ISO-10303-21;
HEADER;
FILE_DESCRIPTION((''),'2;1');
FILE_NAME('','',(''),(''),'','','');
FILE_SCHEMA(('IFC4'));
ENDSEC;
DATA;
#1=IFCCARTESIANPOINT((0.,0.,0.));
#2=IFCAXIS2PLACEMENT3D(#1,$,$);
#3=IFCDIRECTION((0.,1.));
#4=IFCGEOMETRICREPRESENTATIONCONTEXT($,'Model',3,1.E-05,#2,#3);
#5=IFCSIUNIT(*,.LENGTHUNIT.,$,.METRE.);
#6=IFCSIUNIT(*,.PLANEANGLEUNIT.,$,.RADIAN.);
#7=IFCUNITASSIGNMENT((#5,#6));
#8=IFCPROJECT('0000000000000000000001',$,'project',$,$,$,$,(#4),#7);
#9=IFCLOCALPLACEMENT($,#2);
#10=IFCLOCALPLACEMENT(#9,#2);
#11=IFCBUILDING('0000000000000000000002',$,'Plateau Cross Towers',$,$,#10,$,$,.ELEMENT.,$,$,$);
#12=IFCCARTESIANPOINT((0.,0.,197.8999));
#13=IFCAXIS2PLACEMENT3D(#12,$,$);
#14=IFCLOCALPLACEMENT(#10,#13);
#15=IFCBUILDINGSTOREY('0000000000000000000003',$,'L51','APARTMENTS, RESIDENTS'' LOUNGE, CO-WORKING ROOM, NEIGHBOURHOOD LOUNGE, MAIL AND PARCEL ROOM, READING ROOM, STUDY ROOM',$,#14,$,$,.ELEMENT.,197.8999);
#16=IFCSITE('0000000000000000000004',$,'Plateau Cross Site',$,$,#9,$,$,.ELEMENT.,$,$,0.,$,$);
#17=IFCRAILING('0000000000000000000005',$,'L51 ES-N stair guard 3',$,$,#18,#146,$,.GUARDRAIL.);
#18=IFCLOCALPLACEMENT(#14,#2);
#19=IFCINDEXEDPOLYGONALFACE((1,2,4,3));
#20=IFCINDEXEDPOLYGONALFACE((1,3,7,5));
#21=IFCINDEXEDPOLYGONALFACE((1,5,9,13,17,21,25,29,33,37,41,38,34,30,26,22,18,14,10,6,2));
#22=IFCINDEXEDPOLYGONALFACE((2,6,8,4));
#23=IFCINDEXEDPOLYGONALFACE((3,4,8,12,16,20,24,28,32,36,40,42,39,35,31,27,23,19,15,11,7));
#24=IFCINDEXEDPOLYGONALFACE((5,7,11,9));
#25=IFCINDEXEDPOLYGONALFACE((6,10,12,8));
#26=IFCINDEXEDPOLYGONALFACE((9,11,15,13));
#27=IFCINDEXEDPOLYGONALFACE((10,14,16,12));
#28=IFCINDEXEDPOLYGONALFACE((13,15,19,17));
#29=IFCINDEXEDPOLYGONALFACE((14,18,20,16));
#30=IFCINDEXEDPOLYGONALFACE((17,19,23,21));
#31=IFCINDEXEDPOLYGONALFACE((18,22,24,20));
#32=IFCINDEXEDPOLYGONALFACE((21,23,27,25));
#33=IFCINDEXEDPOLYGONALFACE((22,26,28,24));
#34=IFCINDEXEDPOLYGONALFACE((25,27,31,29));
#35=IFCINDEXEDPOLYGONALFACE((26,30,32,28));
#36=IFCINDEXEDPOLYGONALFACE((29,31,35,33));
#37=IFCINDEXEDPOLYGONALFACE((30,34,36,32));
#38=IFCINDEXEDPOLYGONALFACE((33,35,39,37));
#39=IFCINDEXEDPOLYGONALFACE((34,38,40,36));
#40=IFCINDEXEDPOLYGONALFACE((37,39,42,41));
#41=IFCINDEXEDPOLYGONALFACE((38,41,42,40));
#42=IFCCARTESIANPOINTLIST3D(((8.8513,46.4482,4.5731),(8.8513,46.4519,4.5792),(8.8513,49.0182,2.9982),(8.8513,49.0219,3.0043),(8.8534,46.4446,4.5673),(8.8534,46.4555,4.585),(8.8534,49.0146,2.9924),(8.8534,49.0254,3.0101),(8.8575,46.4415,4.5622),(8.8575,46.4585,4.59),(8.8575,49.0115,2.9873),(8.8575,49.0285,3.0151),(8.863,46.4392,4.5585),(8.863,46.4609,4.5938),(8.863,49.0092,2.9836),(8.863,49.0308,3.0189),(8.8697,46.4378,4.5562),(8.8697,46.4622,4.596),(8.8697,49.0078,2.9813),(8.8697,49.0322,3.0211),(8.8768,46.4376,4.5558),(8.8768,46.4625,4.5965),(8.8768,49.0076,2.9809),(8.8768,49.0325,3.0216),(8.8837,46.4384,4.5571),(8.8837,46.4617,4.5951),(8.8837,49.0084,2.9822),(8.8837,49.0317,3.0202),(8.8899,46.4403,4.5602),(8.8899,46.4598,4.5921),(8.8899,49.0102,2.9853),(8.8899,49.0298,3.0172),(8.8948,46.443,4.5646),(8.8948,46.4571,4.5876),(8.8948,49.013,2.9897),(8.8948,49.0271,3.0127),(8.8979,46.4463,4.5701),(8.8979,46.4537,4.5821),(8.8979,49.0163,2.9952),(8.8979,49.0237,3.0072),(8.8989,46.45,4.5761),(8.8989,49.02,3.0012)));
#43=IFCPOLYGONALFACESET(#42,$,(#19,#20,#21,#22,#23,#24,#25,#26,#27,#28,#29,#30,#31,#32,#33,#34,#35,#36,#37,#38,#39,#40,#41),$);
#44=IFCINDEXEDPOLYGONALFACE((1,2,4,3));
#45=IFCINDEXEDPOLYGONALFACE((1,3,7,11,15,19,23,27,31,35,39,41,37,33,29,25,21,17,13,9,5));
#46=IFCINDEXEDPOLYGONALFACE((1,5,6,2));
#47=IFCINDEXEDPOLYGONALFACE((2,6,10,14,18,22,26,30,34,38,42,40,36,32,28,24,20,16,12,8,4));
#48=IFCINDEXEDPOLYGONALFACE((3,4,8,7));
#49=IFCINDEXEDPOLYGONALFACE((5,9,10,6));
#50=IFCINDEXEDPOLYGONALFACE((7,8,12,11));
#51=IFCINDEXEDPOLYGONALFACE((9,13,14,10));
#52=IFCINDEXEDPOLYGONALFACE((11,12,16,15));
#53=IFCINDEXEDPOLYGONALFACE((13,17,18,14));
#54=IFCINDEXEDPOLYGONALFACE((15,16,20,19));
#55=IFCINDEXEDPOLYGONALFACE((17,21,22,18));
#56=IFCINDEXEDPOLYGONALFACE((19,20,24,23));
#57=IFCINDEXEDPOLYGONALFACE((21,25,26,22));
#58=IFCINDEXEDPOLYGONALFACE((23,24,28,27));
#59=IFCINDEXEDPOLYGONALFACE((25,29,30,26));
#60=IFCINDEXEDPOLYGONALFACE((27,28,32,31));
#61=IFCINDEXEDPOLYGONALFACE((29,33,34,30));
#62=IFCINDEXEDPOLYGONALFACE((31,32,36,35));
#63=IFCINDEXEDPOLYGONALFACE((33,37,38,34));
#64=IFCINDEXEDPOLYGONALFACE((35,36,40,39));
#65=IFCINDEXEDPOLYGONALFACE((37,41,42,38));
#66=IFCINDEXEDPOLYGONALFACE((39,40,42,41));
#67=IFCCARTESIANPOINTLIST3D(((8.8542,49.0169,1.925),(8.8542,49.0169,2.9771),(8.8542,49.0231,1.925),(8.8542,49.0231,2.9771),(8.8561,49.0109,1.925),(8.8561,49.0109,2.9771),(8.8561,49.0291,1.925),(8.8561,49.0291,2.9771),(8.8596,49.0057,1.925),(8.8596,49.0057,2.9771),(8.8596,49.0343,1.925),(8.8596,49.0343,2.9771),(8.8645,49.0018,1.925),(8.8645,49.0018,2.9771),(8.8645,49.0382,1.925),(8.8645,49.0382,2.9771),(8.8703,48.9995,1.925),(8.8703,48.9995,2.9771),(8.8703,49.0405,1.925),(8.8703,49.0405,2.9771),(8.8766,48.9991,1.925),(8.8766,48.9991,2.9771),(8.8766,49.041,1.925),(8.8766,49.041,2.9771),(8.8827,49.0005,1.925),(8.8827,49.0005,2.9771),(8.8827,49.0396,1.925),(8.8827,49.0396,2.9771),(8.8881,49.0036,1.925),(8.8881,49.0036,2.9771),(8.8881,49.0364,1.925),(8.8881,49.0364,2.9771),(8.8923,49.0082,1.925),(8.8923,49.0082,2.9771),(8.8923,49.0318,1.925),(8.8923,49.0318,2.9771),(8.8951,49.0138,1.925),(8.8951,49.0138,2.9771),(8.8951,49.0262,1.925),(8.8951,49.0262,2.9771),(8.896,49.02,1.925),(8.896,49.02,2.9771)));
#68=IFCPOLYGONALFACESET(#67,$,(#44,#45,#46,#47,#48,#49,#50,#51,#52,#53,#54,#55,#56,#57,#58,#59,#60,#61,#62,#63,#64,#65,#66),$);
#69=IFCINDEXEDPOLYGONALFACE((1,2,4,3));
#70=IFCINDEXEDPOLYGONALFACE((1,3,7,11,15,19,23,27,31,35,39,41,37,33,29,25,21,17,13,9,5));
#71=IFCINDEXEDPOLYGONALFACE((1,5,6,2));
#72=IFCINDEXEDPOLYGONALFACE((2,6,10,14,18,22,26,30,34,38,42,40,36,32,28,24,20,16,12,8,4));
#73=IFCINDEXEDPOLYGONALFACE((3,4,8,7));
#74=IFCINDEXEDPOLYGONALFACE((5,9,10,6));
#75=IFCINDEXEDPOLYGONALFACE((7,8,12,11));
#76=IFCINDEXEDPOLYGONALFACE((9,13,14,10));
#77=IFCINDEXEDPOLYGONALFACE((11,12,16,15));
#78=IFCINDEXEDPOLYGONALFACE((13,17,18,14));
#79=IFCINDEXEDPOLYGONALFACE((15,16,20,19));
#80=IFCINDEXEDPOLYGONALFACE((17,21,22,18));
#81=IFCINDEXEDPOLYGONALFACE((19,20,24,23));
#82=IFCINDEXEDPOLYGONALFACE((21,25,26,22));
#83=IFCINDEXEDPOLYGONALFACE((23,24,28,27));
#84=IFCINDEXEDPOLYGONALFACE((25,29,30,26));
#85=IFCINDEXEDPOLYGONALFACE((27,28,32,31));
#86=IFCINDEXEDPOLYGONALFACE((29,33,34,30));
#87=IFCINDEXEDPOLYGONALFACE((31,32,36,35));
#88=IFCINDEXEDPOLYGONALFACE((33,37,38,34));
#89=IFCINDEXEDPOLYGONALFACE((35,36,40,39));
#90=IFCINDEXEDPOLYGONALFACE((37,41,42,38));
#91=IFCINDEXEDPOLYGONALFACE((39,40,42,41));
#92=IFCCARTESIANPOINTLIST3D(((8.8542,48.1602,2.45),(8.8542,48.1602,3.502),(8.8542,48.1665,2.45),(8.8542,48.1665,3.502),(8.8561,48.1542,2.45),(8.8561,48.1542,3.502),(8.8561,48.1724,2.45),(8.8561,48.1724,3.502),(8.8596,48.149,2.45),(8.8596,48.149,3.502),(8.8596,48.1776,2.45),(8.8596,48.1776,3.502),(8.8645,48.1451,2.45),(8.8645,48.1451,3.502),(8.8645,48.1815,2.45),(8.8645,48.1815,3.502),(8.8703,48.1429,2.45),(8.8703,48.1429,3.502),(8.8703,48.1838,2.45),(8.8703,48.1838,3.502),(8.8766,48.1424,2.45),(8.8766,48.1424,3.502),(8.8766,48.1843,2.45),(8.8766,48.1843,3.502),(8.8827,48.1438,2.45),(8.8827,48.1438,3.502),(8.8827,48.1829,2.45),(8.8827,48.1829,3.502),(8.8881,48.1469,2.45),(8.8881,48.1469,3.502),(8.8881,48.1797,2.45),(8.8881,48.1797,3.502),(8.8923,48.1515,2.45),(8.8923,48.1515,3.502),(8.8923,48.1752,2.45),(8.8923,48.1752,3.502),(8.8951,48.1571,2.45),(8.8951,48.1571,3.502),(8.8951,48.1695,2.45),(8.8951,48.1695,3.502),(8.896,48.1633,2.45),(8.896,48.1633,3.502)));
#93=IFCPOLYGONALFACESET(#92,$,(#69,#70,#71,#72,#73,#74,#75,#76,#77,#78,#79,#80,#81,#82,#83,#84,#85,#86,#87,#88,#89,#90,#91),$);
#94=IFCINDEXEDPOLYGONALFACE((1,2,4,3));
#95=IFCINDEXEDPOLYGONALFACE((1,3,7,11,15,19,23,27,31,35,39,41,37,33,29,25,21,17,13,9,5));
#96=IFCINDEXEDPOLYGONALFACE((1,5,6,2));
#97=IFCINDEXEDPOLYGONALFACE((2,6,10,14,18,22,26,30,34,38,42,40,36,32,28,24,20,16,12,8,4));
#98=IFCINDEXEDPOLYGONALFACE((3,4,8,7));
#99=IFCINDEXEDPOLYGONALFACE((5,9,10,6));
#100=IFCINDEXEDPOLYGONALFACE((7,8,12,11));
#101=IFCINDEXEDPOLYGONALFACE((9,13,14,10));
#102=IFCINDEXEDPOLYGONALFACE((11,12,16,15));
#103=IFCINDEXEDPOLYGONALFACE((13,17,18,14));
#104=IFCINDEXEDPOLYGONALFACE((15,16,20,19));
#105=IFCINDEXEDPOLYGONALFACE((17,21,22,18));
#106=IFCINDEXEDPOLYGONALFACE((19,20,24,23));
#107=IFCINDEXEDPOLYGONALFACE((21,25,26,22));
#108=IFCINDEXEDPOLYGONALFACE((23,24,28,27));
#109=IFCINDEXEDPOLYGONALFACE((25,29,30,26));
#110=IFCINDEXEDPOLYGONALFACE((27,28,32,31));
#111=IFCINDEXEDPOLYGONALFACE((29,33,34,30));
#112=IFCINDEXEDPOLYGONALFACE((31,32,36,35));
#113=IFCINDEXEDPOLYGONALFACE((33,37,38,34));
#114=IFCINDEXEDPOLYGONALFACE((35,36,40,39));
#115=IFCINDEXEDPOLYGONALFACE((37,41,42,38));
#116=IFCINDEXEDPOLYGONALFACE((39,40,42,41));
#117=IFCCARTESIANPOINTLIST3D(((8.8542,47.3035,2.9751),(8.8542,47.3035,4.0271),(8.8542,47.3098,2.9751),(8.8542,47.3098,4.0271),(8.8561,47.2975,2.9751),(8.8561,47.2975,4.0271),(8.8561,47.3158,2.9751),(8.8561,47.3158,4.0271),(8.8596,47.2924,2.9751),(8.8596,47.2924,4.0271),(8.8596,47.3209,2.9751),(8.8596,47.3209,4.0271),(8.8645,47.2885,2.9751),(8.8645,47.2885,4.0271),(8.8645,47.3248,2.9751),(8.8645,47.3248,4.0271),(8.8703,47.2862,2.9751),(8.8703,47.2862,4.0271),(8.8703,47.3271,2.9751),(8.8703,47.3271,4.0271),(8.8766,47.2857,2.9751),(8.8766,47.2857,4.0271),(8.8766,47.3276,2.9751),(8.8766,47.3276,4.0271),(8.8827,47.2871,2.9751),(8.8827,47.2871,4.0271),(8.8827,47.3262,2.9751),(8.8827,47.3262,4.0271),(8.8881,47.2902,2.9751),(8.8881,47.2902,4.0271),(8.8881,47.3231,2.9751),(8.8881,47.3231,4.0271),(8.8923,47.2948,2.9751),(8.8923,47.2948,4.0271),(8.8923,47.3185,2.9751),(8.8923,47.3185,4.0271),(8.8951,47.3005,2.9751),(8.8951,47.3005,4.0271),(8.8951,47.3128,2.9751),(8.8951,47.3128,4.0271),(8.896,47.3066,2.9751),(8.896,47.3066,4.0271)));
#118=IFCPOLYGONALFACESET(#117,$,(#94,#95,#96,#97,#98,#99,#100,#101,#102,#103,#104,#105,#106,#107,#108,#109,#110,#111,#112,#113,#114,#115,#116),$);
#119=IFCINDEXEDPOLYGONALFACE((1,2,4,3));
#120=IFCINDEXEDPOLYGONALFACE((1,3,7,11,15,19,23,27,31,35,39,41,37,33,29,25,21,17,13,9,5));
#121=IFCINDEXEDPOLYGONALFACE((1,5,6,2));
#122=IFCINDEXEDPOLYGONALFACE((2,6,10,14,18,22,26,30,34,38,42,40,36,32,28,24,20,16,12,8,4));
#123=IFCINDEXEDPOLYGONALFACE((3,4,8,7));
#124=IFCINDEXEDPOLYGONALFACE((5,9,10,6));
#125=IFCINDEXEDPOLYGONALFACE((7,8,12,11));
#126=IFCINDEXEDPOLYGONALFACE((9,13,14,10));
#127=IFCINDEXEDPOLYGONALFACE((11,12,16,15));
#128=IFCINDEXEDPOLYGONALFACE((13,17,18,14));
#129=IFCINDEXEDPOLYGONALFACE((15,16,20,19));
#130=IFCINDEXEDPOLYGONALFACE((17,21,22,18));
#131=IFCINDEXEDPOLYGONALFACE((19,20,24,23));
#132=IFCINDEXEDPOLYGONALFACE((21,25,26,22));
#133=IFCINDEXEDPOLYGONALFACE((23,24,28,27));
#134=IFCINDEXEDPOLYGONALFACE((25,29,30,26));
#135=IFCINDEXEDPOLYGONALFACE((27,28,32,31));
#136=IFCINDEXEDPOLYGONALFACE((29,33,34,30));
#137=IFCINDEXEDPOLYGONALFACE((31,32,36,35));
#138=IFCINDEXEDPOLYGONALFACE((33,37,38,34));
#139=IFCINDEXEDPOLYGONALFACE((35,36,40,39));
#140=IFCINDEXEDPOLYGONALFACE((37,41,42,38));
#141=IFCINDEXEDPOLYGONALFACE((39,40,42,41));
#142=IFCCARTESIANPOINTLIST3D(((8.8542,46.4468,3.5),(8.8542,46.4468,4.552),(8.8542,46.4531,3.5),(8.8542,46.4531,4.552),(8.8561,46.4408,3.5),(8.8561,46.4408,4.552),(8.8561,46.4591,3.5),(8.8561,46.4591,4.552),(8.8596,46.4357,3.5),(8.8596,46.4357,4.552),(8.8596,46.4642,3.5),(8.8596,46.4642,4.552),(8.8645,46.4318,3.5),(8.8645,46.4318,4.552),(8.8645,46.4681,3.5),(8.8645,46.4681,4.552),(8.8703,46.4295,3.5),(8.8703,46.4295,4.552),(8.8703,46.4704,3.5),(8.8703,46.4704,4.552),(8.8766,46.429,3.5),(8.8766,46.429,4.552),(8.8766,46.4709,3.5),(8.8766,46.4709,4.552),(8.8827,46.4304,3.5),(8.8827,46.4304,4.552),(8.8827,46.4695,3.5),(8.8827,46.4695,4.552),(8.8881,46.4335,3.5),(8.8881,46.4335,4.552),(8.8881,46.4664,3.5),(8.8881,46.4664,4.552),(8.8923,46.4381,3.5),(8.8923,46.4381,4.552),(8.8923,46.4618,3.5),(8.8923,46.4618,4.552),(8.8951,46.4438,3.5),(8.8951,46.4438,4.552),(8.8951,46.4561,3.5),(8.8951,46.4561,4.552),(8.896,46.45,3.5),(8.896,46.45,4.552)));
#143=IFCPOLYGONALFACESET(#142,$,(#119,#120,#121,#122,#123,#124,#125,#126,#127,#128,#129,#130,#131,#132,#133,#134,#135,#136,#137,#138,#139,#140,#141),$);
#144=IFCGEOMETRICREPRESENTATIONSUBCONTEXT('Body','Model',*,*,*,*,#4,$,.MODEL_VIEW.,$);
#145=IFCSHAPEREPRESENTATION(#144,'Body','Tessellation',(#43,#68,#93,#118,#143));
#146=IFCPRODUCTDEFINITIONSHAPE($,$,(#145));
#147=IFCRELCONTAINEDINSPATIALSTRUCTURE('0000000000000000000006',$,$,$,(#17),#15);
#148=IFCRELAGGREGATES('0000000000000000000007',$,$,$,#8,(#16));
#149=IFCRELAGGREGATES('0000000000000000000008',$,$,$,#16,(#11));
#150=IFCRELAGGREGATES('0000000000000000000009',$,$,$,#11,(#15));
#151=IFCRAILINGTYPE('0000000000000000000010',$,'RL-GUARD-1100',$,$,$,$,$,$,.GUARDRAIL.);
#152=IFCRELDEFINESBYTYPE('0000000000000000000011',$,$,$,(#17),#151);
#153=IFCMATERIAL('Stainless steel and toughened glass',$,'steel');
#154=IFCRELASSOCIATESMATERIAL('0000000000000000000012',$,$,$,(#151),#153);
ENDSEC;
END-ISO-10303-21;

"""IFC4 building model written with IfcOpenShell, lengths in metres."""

from ifc_helpers import new_model, si_unit, direction, frame, origin, origin_2d, place, context, subcontext, project, spatial, circle, extrude, material, type_object, element, save


model = new_model("IFC4")

# Units and contexts
model_context = context("Model", 3, precision=1e-05, world=origin(), true_north=direction((0.0, 1.0)))
body_context = subcontext(model_context, "Body", "Model", "MODEL_VIEW")
ifc_project = project(units=[si_unit("LENGTHUNIT", "METRE"), si_unit("PLANEANGLEUNIT", "RADIAN")], contexts=[model_context])

# Site, building, storey
site_placement = place(None, origin())
site = spatial("IfcSite", under=ifc_project, at=site_placement, Name="Plateau Cross Site", CompositionType="ELEMENT", RefElevation=0.0)
building_placement = place(site_placement, origin())
building = spatial("IfcBuilding", under=site, at=building_placement, Name="Plateau Cross Towers", CompositionType="ELEMENT")
storey_placement = place(building_placement, frame((0.0, 0.0, 197.8999)))
storey = spatial("IfcBuildingStorey", under=building, at=storey_placement, Name="L51", Description="APARTMENTS, RESIDENTS' LOUNGE, CO-WORKING ROOM, NEIGHBOURHOOD LOUNGE, MAIL AND PARCEL ROOM, READING ROOM, STUDY ROOM", CompositionType="ELEMENT", Elevation=197.8999)

# Railing
ifc_material_1 = material(Name="Stainless steel and toughened glass", Category="steel")
railing_type_1 = type_object("IfcRailingType", Name="RL-GUARD-1100", PredefinedType="GUARDRAIL", material=ifc_material_1)
railing_1_placement = place(storey_placement, frame((8.875, 49.02, 1.925)))
element("IfcRailing", 1, at=railing_1_placement, inside=storey, type_object=railing_type_1, Name="L51 ES-N stair guard 3", PredefinedType="GUARDRAIL", context=body_context, shape_type="SweptSolid", body=[
    extrude(circle(Radius=0.0239, at=origin_2d()), frame((0.0, 0.0, 1.0762), z_axis=(0.0, -0.852639, 0.522501), x_axis=(1.0, 0.0, 0.0)), (0.0, 0.0, 1.0), 3.0142),
    extrude(circle(Radius=0.021, at=origin_2d()), origin(), (0.0, 0.0, 1.0), 1.052),
    extrude(circle(Radius=0.021, at=origin_2d()), frame((0.0, -0.8567, 0.5249)), (0.0, 0.0, 1.0), 1.052),
    extrude(circle(Radius=0.021, at=origin_2d()), frame((0.0, -1.7134, 1.05)), (0.0, 0.0, 1.0), 1.052),
    extrude(circle(Radius=0.021, at=origin_2d()), frame((0.0, -2.5701, 1.575)), (0.0, 0.0, 1.0), 1.052),
])

save(model, "model.ifc")
